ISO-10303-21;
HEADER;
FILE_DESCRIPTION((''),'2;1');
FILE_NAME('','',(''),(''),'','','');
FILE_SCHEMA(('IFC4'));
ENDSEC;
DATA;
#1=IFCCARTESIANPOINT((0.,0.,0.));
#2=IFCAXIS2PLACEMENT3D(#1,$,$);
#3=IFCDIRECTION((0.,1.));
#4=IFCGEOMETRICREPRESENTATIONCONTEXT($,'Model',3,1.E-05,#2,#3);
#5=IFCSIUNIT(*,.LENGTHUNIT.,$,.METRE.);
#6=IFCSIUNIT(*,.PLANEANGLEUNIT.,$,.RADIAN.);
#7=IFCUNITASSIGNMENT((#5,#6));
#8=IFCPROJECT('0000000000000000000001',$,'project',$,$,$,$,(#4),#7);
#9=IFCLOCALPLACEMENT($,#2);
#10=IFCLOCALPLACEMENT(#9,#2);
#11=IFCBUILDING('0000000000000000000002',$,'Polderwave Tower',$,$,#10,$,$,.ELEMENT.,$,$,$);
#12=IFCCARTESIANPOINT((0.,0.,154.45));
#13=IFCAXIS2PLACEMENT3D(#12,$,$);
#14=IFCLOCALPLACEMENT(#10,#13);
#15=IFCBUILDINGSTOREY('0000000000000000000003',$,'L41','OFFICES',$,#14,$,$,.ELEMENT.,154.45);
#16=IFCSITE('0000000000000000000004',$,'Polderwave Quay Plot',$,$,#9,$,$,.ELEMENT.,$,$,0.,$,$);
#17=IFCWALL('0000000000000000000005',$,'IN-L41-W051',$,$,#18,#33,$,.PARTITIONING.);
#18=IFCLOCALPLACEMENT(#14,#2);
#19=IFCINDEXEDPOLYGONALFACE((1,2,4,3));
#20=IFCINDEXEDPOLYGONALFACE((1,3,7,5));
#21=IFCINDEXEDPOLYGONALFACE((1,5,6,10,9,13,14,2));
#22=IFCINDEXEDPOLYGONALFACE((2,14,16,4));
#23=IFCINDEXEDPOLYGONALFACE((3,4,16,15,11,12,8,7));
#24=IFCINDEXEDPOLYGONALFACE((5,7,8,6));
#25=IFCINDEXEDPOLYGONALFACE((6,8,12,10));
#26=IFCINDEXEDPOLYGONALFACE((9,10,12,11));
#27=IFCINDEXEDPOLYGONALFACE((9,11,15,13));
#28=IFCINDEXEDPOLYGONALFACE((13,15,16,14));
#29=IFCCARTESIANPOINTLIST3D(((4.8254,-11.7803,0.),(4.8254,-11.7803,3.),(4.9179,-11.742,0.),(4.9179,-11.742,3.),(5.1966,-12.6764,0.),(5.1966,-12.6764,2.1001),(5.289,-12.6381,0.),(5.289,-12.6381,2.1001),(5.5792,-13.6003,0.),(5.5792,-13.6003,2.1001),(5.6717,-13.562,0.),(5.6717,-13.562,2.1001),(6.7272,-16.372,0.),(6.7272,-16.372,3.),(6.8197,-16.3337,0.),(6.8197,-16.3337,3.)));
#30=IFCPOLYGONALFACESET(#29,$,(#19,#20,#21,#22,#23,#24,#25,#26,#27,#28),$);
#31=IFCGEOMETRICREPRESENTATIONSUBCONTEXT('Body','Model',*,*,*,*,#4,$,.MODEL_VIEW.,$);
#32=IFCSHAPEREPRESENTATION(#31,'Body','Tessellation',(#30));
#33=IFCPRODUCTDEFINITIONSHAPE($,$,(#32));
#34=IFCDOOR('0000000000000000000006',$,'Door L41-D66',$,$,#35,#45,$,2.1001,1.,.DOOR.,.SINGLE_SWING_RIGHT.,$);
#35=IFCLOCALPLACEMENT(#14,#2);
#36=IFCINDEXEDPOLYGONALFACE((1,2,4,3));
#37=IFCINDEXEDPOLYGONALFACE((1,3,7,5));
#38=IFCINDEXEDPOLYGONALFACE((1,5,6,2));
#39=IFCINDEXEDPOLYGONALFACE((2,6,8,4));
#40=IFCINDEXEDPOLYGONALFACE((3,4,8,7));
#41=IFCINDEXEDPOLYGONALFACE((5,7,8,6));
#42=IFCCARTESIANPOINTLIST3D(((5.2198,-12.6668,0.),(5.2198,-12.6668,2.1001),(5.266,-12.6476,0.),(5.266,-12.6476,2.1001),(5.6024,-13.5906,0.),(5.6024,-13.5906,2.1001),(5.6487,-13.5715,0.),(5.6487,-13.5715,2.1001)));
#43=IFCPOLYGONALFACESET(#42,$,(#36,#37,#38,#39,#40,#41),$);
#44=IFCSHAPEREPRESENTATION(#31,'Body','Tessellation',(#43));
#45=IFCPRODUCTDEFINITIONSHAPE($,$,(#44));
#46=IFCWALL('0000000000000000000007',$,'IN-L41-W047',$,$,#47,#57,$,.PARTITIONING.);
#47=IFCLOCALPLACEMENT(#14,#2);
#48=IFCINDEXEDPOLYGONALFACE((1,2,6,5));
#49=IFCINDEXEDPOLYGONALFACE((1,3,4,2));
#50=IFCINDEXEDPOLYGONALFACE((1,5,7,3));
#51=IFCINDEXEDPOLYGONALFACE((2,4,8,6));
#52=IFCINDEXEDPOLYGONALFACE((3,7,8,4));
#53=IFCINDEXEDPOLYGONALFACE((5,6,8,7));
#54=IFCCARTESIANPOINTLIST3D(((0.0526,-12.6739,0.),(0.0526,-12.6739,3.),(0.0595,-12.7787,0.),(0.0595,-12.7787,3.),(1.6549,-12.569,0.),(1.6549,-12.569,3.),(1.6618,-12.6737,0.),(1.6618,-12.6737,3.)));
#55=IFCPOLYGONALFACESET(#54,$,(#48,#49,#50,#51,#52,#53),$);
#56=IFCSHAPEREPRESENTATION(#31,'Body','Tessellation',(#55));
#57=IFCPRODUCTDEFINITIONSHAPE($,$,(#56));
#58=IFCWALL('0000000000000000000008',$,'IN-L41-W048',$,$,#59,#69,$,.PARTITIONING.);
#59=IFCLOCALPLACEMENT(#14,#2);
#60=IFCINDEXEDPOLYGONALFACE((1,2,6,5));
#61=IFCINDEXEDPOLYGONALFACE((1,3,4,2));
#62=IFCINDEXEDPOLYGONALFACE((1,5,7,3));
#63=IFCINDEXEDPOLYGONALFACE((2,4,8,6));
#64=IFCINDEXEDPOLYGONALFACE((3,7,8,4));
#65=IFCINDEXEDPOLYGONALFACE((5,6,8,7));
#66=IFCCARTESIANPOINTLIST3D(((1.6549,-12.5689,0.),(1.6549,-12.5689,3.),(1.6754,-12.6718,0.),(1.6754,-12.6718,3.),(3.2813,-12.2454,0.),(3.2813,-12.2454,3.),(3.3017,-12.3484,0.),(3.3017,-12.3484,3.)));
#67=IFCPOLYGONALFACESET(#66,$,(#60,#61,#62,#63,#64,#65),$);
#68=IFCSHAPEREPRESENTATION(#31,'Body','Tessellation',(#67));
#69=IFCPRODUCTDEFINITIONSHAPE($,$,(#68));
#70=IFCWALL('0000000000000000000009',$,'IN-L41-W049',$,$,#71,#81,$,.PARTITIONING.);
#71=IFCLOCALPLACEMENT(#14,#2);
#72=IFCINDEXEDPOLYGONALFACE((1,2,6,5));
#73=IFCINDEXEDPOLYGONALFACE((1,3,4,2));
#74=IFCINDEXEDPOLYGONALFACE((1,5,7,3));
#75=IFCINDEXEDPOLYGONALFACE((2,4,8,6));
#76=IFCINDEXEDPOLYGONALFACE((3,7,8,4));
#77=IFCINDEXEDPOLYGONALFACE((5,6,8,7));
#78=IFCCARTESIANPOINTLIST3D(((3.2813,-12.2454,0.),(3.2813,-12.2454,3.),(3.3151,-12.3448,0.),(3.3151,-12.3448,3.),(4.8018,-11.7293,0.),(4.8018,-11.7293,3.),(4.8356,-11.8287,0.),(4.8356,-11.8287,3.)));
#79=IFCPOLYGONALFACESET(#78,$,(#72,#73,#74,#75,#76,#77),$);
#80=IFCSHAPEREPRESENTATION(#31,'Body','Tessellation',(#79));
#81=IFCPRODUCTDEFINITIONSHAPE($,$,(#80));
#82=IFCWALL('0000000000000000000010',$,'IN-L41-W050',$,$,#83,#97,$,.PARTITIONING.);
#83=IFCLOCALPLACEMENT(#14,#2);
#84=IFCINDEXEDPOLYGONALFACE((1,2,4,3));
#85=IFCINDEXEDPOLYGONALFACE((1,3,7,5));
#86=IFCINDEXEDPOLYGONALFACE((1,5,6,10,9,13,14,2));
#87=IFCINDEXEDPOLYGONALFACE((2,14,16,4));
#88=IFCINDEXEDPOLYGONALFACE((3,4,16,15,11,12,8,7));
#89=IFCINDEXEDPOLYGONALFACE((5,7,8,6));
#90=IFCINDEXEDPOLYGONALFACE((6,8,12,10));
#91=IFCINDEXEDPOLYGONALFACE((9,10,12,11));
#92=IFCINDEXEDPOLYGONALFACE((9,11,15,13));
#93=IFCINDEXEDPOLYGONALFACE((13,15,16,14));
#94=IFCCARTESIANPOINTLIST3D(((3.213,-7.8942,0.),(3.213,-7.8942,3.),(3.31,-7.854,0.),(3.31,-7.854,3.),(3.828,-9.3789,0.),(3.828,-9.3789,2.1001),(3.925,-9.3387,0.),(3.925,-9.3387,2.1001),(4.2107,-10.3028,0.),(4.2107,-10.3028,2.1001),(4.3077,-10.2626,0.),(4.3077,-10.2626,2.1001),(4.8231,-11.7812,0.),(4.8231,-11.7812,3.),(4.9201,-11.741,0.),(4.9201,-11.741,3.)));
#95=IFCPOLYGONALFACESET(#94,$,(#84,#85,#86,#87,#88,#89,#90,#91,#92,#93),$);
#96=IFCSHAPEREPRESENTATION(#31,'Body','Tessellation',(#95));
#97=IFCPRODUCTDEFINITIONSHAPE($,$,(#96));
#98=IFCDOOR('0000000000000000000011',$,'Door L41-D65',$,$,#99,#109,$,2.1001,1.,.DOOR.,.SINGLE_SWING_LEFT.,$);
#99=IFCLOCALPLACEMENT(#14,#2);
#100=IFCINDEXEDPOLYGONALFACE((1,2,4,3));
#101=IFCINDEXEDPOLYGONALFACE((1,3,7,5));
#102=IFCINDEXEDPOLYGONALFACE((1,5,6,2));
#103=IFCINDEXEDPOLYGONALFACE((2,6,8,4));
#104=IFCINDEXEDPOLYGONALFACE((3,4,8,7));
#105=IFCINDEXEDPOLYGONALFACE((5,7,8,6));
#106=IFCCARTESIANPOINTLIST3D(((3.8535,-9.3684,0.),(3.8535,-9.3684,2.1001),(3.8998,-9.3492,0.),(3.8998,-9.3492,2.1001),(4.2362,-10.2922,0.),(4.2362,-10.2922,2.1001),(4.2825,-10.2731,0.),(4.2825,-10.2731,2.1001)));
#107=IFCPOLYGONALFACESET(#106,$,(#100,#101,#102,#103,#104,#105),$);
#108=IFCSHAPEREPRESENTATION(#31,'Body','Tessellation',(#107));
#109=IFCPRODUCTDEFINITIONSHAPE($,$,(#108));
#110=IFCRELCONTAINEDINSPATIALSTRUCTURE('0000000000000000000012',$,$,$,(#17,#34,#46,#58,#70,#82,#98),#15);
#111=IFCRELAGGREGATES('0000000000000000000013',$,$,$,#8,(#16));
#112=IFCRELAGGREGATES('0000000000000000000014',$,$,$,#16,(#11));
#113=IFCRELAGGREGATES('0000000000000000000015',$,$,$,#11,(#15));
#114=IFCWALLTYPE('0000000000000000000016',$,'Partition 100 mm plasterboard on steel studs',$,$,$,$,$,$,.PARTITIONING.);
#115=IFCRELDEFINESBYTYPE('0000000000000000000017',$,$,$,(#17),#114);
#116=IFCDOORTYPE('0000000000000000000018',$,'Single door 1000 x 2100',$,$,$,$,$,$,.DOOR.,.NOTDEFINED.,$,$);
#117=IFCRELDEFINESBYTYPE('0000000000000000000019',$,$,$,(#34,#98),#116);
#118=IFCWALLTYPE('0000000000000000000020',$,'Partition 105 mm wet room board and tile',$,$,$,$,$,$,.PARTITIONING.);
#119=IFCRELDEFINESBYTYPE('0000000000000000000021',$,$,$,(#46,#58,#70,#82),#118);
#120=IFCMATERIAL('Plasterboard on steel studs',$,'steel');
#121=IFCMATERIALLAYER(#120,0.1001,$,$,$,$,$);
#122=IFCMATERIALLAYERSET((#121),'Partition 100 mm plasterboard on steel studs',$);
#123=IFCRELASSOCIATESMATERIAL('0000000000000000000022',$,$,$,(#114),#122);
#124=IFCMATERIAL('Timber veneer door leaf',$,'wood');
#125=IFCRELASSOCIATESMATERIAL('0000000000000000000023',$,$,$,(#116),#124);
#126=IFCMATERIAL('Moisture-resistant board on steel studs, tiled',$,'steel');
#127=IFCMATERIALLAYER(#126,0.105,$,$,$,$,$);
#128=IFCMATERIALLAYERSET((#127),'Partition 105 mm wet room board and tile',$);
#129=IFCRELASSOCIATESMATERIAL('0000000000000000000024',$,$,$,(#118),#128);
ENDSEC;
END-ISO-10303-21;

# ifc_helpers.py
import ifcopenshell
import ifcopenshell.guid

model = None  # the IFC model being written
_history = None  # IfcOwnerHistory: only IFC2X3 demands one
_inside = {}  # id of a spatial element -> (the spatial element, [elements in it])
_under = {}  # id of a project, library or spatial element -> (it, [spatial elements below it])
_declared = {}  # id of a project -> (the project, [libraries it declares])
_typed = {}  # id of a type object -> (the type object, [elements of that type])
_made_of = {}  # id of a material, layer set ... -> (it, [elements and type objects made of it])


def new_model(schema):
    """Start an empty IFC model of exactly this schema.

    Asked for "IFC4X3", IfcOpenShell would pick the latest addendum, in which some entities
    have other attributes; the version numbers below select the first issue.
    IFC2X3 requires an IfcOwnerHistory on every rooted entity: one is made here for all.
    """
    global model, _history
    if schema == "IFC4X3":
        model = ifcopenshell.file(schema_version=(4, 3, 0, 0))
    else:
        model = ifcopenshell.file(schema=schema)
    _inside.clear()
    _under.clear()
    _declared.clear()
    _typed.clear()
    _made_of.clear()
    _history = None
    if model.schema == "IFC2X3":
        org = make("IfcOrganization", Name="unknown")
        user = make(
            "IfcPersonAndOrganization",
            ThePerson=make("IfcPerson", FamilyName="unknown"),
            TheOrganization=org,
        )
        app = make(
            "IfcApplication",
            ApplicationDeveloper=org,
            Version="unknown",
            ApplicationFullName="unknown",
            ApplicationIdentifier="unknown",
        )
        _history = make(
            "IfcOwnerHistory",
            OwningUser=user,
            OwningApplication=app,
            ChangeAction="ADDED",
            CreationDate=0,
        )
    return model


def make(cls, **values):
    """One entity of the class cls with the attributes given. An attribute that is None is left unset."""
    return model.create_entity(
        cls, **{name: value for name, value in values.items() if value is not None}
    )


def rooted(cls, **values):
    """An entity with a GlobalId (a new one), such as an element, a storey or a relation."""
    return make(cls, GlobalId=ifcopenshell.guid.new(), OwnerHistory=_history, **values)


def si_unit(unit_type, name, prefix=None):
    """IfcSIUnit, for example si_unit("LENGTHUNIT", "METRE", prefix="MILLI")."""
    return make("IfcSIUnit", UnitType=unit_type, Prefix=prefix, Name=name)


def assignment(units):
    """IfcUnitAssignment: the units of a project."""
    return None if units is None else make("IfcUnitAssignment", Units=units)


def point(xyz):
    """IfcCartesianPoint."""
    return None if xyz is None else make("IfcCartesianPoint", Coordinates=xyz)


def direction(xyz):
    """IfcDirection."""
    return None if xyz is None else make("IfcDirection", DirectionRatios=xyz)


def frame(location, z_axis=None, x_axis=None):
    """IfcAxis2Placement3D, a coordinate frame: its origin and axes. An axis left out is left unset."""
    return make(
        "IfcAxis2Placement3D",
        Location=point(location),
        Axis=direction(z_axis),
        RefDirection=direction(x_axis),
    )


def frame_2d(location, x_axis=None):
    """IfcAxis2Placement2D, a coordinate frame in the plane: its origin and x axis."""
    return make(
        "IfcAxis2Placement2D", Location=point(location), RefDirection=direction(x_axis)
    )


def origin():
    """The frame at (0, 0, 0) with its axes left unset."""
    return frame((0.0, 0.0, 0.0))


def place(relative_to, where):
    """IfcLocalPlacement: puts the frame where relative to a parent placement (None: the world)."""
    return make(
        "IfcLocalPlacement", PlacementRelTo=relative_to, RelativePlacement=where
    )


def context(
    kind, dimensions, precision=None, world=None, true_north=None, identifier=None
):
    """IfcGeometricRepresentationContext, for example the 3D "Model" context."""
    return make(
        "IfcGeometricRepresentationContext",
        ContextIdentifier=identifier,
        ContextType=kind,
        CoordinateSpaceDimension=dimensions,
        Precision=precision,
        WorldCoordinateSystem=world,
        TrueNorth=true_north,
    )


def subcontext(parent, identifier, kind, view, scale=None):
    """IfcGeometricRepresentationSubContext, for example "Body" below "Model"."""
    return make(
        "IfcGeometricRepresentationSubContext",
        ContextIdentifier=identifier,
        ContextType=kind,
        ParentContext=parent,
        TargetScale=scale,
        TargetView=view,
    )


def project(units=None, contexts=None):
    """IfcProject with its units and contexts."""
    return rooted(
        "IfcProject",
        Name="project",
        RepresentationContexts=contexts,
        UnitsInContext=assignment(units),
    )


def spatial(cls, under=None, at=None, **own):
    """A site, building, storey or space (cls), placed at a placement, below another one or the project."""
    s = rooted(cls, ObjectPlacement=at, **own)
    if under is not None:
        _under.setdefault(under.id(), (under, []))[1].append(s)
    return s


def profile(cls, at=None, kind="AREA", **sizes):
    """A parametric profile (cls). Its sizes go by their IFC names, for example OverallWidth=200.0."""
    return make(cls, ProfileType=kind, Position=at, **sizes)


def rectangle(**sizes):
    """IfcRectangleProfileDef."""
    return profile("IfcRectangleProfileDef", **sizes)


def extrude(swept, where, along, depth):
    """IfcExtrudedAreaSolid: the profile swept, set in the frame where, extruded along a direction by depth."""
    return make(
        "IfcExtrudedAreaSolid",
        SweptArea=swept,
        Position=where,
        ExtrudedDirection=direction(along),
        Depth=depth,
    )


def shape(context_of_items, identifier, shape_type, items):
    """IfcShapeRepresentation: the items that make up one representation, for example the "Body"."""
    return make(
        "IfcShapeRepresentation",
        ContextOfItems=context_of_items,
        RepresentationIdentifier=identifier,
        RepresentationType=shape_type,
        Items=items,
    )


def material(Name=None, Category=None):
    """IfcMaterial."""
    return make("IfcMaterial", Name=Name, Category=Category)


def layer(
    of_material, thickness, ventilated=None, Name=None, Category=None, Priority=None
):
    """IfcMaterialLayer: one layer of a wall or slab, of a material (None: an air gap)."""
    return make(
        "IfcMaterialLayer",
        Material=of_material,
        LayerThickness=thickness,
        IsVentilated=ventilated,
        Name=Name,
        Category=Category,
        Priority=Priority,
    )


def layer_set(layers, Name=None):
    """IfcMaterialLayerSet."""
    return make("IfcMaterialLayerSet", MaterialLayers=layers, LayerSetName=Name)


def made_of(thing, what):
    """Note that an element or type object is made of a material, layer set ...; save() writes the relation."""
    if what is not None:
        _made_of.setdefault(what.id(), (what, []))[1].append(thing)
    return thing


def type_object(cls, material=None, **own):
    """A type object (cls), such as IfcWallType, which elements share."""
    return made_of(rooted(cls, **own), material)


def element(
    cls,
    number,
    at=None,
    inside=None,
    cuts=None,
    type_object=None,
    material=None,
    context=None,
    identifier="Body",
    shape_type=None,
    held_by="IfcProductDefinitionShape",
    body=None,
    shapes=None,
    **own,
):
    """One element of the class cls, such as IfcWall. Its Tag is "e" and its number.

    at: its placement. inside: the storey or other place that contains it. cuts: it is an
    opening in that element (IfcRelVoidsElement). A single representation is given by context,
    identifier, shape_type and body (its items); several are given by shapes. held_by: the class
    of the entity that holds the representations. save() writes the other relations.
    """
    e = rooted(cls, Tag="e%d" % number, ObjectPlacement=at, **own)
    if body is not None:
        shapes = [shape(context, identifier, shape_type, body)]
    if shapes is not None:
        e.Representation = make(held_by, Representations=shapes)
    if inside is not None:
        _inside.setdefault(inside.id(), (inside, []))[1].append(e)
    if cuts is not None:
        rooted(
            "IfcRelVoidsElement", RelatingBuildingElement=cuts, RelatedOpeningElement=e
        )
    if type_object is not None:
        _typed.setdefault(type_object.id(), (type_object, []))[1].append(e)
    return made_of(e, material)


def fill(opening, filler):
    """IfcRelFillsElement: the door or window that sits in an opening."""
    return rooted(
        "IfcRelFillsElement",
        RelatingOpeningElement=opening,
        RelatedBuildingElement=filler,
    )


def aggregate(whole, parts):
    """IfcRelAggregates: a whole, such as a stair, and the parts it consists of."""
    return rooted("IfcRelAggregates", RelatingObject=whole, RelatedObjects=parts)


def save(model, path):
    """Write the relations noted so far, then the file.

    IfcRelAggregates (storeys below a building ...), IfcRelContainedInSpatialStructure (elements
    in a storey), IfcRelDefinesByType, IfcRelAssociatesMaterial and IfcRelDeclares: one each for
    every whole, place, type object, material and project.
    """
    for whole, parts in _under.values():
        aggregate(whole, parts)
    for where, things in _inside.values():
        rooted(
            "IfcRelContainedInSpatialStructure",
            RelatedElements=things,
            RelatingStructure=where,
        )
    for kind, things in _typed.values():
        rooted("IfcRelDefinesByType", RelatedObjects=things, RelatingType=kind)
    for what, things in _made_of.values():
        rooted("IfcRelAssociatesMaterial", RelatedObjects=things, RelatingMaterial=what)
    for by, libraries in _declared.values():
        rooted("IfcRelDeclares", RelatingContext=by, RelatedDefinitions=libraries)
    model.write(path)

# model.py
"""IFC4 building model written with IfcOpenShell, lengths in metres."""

from ifc_helpers import new_model, si_unit, direction, frame, frame_2d, origin, place, context, subcontext, project, spatial, rectangle, extrude, material, layer, layer_set, type_object, element, fill, save


model = new_model("IFC4")

# Units and contexts
model_context = context("Model", 3, precision=1e-05, world=origin(), true_north=direction((0.0, 1.0)))
body_context = subcontext(model_context, "Body", "Model", "MODEL_VIEW")
ifc_project = project(units=[si_unit("LENGTHUNIT", "METRE"), si_unit("PLANEANGLEUNIT", "RADIAN")], contexts=[model_context])

# Site, building, storey
site_placement = place(None, origin())
site = spatial("IfcSite", under=ifc_project, at=site_placement, Name="Polderwave Quay Plot", CompositionType="ELEMENT", RefElevation=0.0)
building_placement = place(site_placement, origin())
building = spatial("IfcBuilding", under=site, at=building_placement, Name="Polderwave Tower", CompositionType="ELEMENT")
storey_placement = place(building_placement, frame((0.0, 0.0, 154.45)))
storey = spatial("IfcBuildingStorey", under=building, at=storey_placement, Name="L41", Description="OFFICES", CompositionType="ELEMENT", Elevation=154.45)

# Wall, opening, door
ifc_material_1 = material(Name="Plasterboard on steel studs", Category="steel")
ifc_layer_1 = layer(ifc_material_1, 0.1001)
ifc_layer_set_1 = layer_set([ifc_layer_1], Name="Partition 100 mm plasterboard on steel studs")
wall_type_1 = type_object("IfcWallType", Name="Partition 100 mm plasterboard on steel studs", PredefinedType="PARTITIONING", material=ifc_layer_set_1)
wall_1_placement = place(storey_placement, frame((6.7734, -16.3528, 0.0), z_axis=(0.0, 0.0, 1.0), x_axis=(-0.382661, 0.923889, 0.0)))
wall_1 = element("IfcWall", 1, at=wall_1_placement, inside=storey, type_object=wall_type_1, Name="IN-L41-W051", PredefinedType="PARTITIONING", context=body_context, shape_type="SweptSolid", body=[
    extrude(rectangle(XDim=4.97, YDim=0.1001, at=frame_2d((2.4849, 0.0))), origin(), (0.0, 0.0, 1.0), 3.0),
])
opening_1_placement = place(wall_1_placement, frame((3.0, 0.0, 0.0)))
opening_1 = element("IfcOpeningElement", 2, at=opening_1_placement, cuts=wall_1, PredefinedType="OPENING", context=body_context, shape_type="SweptSolid", body=[
    extrude(rectangle(XDim=1.0, YDim=2.1001, at=frame_2d((0.5, 1.05))), frame((0.0, 0.0601, 0.0), z_axis=(0.0, -1.0, 0.0), x_axis=(1.0, 0.0, 0.0)), (0.0, 0.0, 1.0), 0.1201),
])
ifc_material_2 = material(Name="Timber veneer door leaf", Category="wood")
door_type = type_object("IfcDoorType", Name="Single door 1000 x 2100", OperationType="NOTDEFINED", PredefinedType="DOOR", material=ifc_material_2)
door_1_placement = place(opening_1_placement, origin())
door_1 = element("IfcDoor", 3, at=door_1_placement, inside=storey, type_object=door_type, Name="Door L41-D66", OperationType="SINGLE_SWING_RIGHT", OverallHeight=2.1001, OverallWidth=1.0, PredefinedType="DOOR", context=body_context, shape_type="SweptSolid", body=[
    extrude(rectangle(XDim=1.0, YDim=2.1001, at=frame_2d((0.5, 1.05))), frame((0.0, 0.0249, 0.0), z_axis=(0.0, -1.0, 0.0), x_axis=(1.0, 0.0, 0.0)), (0.0, 0.0, 1.0), 0.05),
])
fill(opening_1, door_1)

# Walls
ifc_material_3 = material(Name="Moisture-resistant board on steel studs, tiled", Category="steel")
ifc_layer_2 = layer(ifc_material_3, 0.105)
ifc_layer_set_2 = layer_set([ifc_layer_2], Name="Partition 105 mm wet room board and tile")
wall_type_2 = type_object("IfcWallType", Name="Partition 105 mm wet room board and tile", PredefinedType="PARTITIONING", material=ifc_layer_set_2)
wall_2_placement = place(storey_placement, frame((1.6582, -12.6213, 0.0), z_axis=(0.0, 0.0, 1.0), x_axis=(-0.997861, -0.065379, 0.0)))
element("IfcWall", 4, at=wall_2_placement, inside=storey, type_object=wall_type_2, Name="IN-L41-W047", PredefinedType="PARTITIONING", context=body_context, shape_type="SweptSolid", body=[
    extrude(rectangle(XDim=1.6057, YDim=0.105, at=frame_2d((0.8027, 0.0))), origin(), (0.0, 0.0, 1.0), 3.0),
])
wall_3_placement = place(storey_placement, frame((3.2915, -12.2969, 0.0), z_axis=(0.0, 0.0, 1.0), x_axis=(-0.98079, -0.195068, 0.0)))
element("IfcWall", 5, at=wall_3_placement, inside=storey, type_object=wall_type_2, Name="IN-L41-W048", PredefinedType="PARTITIONING", context=body_context, shape_type="SweptSolid", body=[
    extrude(rectangle(XDim=1.6582, YDim=0.105, at=frame_2d((0.8291, 0.0))), origin(), (0.0, 0.0, 1.0), 3.0),
])
wall_4_placement = place(storey_placement, frame((4.8186, -11.7791, 0.0), z_axis=(0.0, 0.0, 1.0), x_axis=(-0.946936, -0.321423, 0.0)))
element("IfcWall", 6, at=wall_4_placement, inside=storey, type_object=wall_type_2, Name="IN-L41-W049", PredefinedType="PARTITIONING", context=body_context, shape_type="SweptSolid", body=[
    extrude(rectangle(XDim=1.6057, YDim=0.105, at=frame_2d((0.8027, 0.0))), origin(), (0.0, 0.0, 1.0), 3.0),
])

# Wall, opening, door
wall_5_placement = place(storey_placement, frame((4.8716, -11.761, 0.0), z_axis=(0.0, 0.0, 1.0), x_axis=(-0.382699, 0.923873, 0.0)))
wall_5 = element("IfcWall", 7, at=wall_5_placement, inside=storey, type_object=wall_type_2, Name="IN-L41-W050", PredefinedType="PARTITIONING", context=body_context, shape_type="SweptSolid", body=[
    extrude(rectangle(XDim=4.2073, YDim=0.105, at=frame_2d((2.1035, 0.0))), origin(), (0.0, 0.0, 1.0), 3.0),
])
opening_2_placement = place(wall_5_placement, frame((1.6001, 0.0, 0.0)))
opening_2 = element("IfcOpeningElement", 8, at=opening_2_placement, cuts=wall_5, PredefinedType="OPENING", context=body_context, shape_type="SweptSolid", body=[
    extrude(rectangle(XDim=1.0, YDim=2.1001, at=frame_2d((0.5, 1.05))), frame((0.0, 0.0625, 0.0), z_axis=(0.0, -1.0, 0.0), x_axis=(1.0, 0.0, 0.0)), (0.0, 0.0, 1.0), 0.125),
])
door_2_placement = place(opening_2_placement, origin())
door_2 = element("IfcDoor", 9, at=door_2_placement, inside=storey, type_object=door_type, Name="Door L41-D65", OperationType="SINGLE_SWING_LEFT", OverallHeight=2.1001, OverallWidth=1.0, PredefinedType="DOOR", context=body_context, shape_type="SweptSolid", body=[
    extrude(rectangle(XDim=1.0, YDim=2.1001, at=frame_2d((0.5, 1.05))), frame((0.0, 0.0249, 0.0), z_axis=(0.0, -1.0, 0.0), x_axis=(1.0, 0.0, 0.0)), (0.0, 0.0, 1.0), 0.05),
])
fill(opening_2, door_2)

save(model, "model.ifc")
